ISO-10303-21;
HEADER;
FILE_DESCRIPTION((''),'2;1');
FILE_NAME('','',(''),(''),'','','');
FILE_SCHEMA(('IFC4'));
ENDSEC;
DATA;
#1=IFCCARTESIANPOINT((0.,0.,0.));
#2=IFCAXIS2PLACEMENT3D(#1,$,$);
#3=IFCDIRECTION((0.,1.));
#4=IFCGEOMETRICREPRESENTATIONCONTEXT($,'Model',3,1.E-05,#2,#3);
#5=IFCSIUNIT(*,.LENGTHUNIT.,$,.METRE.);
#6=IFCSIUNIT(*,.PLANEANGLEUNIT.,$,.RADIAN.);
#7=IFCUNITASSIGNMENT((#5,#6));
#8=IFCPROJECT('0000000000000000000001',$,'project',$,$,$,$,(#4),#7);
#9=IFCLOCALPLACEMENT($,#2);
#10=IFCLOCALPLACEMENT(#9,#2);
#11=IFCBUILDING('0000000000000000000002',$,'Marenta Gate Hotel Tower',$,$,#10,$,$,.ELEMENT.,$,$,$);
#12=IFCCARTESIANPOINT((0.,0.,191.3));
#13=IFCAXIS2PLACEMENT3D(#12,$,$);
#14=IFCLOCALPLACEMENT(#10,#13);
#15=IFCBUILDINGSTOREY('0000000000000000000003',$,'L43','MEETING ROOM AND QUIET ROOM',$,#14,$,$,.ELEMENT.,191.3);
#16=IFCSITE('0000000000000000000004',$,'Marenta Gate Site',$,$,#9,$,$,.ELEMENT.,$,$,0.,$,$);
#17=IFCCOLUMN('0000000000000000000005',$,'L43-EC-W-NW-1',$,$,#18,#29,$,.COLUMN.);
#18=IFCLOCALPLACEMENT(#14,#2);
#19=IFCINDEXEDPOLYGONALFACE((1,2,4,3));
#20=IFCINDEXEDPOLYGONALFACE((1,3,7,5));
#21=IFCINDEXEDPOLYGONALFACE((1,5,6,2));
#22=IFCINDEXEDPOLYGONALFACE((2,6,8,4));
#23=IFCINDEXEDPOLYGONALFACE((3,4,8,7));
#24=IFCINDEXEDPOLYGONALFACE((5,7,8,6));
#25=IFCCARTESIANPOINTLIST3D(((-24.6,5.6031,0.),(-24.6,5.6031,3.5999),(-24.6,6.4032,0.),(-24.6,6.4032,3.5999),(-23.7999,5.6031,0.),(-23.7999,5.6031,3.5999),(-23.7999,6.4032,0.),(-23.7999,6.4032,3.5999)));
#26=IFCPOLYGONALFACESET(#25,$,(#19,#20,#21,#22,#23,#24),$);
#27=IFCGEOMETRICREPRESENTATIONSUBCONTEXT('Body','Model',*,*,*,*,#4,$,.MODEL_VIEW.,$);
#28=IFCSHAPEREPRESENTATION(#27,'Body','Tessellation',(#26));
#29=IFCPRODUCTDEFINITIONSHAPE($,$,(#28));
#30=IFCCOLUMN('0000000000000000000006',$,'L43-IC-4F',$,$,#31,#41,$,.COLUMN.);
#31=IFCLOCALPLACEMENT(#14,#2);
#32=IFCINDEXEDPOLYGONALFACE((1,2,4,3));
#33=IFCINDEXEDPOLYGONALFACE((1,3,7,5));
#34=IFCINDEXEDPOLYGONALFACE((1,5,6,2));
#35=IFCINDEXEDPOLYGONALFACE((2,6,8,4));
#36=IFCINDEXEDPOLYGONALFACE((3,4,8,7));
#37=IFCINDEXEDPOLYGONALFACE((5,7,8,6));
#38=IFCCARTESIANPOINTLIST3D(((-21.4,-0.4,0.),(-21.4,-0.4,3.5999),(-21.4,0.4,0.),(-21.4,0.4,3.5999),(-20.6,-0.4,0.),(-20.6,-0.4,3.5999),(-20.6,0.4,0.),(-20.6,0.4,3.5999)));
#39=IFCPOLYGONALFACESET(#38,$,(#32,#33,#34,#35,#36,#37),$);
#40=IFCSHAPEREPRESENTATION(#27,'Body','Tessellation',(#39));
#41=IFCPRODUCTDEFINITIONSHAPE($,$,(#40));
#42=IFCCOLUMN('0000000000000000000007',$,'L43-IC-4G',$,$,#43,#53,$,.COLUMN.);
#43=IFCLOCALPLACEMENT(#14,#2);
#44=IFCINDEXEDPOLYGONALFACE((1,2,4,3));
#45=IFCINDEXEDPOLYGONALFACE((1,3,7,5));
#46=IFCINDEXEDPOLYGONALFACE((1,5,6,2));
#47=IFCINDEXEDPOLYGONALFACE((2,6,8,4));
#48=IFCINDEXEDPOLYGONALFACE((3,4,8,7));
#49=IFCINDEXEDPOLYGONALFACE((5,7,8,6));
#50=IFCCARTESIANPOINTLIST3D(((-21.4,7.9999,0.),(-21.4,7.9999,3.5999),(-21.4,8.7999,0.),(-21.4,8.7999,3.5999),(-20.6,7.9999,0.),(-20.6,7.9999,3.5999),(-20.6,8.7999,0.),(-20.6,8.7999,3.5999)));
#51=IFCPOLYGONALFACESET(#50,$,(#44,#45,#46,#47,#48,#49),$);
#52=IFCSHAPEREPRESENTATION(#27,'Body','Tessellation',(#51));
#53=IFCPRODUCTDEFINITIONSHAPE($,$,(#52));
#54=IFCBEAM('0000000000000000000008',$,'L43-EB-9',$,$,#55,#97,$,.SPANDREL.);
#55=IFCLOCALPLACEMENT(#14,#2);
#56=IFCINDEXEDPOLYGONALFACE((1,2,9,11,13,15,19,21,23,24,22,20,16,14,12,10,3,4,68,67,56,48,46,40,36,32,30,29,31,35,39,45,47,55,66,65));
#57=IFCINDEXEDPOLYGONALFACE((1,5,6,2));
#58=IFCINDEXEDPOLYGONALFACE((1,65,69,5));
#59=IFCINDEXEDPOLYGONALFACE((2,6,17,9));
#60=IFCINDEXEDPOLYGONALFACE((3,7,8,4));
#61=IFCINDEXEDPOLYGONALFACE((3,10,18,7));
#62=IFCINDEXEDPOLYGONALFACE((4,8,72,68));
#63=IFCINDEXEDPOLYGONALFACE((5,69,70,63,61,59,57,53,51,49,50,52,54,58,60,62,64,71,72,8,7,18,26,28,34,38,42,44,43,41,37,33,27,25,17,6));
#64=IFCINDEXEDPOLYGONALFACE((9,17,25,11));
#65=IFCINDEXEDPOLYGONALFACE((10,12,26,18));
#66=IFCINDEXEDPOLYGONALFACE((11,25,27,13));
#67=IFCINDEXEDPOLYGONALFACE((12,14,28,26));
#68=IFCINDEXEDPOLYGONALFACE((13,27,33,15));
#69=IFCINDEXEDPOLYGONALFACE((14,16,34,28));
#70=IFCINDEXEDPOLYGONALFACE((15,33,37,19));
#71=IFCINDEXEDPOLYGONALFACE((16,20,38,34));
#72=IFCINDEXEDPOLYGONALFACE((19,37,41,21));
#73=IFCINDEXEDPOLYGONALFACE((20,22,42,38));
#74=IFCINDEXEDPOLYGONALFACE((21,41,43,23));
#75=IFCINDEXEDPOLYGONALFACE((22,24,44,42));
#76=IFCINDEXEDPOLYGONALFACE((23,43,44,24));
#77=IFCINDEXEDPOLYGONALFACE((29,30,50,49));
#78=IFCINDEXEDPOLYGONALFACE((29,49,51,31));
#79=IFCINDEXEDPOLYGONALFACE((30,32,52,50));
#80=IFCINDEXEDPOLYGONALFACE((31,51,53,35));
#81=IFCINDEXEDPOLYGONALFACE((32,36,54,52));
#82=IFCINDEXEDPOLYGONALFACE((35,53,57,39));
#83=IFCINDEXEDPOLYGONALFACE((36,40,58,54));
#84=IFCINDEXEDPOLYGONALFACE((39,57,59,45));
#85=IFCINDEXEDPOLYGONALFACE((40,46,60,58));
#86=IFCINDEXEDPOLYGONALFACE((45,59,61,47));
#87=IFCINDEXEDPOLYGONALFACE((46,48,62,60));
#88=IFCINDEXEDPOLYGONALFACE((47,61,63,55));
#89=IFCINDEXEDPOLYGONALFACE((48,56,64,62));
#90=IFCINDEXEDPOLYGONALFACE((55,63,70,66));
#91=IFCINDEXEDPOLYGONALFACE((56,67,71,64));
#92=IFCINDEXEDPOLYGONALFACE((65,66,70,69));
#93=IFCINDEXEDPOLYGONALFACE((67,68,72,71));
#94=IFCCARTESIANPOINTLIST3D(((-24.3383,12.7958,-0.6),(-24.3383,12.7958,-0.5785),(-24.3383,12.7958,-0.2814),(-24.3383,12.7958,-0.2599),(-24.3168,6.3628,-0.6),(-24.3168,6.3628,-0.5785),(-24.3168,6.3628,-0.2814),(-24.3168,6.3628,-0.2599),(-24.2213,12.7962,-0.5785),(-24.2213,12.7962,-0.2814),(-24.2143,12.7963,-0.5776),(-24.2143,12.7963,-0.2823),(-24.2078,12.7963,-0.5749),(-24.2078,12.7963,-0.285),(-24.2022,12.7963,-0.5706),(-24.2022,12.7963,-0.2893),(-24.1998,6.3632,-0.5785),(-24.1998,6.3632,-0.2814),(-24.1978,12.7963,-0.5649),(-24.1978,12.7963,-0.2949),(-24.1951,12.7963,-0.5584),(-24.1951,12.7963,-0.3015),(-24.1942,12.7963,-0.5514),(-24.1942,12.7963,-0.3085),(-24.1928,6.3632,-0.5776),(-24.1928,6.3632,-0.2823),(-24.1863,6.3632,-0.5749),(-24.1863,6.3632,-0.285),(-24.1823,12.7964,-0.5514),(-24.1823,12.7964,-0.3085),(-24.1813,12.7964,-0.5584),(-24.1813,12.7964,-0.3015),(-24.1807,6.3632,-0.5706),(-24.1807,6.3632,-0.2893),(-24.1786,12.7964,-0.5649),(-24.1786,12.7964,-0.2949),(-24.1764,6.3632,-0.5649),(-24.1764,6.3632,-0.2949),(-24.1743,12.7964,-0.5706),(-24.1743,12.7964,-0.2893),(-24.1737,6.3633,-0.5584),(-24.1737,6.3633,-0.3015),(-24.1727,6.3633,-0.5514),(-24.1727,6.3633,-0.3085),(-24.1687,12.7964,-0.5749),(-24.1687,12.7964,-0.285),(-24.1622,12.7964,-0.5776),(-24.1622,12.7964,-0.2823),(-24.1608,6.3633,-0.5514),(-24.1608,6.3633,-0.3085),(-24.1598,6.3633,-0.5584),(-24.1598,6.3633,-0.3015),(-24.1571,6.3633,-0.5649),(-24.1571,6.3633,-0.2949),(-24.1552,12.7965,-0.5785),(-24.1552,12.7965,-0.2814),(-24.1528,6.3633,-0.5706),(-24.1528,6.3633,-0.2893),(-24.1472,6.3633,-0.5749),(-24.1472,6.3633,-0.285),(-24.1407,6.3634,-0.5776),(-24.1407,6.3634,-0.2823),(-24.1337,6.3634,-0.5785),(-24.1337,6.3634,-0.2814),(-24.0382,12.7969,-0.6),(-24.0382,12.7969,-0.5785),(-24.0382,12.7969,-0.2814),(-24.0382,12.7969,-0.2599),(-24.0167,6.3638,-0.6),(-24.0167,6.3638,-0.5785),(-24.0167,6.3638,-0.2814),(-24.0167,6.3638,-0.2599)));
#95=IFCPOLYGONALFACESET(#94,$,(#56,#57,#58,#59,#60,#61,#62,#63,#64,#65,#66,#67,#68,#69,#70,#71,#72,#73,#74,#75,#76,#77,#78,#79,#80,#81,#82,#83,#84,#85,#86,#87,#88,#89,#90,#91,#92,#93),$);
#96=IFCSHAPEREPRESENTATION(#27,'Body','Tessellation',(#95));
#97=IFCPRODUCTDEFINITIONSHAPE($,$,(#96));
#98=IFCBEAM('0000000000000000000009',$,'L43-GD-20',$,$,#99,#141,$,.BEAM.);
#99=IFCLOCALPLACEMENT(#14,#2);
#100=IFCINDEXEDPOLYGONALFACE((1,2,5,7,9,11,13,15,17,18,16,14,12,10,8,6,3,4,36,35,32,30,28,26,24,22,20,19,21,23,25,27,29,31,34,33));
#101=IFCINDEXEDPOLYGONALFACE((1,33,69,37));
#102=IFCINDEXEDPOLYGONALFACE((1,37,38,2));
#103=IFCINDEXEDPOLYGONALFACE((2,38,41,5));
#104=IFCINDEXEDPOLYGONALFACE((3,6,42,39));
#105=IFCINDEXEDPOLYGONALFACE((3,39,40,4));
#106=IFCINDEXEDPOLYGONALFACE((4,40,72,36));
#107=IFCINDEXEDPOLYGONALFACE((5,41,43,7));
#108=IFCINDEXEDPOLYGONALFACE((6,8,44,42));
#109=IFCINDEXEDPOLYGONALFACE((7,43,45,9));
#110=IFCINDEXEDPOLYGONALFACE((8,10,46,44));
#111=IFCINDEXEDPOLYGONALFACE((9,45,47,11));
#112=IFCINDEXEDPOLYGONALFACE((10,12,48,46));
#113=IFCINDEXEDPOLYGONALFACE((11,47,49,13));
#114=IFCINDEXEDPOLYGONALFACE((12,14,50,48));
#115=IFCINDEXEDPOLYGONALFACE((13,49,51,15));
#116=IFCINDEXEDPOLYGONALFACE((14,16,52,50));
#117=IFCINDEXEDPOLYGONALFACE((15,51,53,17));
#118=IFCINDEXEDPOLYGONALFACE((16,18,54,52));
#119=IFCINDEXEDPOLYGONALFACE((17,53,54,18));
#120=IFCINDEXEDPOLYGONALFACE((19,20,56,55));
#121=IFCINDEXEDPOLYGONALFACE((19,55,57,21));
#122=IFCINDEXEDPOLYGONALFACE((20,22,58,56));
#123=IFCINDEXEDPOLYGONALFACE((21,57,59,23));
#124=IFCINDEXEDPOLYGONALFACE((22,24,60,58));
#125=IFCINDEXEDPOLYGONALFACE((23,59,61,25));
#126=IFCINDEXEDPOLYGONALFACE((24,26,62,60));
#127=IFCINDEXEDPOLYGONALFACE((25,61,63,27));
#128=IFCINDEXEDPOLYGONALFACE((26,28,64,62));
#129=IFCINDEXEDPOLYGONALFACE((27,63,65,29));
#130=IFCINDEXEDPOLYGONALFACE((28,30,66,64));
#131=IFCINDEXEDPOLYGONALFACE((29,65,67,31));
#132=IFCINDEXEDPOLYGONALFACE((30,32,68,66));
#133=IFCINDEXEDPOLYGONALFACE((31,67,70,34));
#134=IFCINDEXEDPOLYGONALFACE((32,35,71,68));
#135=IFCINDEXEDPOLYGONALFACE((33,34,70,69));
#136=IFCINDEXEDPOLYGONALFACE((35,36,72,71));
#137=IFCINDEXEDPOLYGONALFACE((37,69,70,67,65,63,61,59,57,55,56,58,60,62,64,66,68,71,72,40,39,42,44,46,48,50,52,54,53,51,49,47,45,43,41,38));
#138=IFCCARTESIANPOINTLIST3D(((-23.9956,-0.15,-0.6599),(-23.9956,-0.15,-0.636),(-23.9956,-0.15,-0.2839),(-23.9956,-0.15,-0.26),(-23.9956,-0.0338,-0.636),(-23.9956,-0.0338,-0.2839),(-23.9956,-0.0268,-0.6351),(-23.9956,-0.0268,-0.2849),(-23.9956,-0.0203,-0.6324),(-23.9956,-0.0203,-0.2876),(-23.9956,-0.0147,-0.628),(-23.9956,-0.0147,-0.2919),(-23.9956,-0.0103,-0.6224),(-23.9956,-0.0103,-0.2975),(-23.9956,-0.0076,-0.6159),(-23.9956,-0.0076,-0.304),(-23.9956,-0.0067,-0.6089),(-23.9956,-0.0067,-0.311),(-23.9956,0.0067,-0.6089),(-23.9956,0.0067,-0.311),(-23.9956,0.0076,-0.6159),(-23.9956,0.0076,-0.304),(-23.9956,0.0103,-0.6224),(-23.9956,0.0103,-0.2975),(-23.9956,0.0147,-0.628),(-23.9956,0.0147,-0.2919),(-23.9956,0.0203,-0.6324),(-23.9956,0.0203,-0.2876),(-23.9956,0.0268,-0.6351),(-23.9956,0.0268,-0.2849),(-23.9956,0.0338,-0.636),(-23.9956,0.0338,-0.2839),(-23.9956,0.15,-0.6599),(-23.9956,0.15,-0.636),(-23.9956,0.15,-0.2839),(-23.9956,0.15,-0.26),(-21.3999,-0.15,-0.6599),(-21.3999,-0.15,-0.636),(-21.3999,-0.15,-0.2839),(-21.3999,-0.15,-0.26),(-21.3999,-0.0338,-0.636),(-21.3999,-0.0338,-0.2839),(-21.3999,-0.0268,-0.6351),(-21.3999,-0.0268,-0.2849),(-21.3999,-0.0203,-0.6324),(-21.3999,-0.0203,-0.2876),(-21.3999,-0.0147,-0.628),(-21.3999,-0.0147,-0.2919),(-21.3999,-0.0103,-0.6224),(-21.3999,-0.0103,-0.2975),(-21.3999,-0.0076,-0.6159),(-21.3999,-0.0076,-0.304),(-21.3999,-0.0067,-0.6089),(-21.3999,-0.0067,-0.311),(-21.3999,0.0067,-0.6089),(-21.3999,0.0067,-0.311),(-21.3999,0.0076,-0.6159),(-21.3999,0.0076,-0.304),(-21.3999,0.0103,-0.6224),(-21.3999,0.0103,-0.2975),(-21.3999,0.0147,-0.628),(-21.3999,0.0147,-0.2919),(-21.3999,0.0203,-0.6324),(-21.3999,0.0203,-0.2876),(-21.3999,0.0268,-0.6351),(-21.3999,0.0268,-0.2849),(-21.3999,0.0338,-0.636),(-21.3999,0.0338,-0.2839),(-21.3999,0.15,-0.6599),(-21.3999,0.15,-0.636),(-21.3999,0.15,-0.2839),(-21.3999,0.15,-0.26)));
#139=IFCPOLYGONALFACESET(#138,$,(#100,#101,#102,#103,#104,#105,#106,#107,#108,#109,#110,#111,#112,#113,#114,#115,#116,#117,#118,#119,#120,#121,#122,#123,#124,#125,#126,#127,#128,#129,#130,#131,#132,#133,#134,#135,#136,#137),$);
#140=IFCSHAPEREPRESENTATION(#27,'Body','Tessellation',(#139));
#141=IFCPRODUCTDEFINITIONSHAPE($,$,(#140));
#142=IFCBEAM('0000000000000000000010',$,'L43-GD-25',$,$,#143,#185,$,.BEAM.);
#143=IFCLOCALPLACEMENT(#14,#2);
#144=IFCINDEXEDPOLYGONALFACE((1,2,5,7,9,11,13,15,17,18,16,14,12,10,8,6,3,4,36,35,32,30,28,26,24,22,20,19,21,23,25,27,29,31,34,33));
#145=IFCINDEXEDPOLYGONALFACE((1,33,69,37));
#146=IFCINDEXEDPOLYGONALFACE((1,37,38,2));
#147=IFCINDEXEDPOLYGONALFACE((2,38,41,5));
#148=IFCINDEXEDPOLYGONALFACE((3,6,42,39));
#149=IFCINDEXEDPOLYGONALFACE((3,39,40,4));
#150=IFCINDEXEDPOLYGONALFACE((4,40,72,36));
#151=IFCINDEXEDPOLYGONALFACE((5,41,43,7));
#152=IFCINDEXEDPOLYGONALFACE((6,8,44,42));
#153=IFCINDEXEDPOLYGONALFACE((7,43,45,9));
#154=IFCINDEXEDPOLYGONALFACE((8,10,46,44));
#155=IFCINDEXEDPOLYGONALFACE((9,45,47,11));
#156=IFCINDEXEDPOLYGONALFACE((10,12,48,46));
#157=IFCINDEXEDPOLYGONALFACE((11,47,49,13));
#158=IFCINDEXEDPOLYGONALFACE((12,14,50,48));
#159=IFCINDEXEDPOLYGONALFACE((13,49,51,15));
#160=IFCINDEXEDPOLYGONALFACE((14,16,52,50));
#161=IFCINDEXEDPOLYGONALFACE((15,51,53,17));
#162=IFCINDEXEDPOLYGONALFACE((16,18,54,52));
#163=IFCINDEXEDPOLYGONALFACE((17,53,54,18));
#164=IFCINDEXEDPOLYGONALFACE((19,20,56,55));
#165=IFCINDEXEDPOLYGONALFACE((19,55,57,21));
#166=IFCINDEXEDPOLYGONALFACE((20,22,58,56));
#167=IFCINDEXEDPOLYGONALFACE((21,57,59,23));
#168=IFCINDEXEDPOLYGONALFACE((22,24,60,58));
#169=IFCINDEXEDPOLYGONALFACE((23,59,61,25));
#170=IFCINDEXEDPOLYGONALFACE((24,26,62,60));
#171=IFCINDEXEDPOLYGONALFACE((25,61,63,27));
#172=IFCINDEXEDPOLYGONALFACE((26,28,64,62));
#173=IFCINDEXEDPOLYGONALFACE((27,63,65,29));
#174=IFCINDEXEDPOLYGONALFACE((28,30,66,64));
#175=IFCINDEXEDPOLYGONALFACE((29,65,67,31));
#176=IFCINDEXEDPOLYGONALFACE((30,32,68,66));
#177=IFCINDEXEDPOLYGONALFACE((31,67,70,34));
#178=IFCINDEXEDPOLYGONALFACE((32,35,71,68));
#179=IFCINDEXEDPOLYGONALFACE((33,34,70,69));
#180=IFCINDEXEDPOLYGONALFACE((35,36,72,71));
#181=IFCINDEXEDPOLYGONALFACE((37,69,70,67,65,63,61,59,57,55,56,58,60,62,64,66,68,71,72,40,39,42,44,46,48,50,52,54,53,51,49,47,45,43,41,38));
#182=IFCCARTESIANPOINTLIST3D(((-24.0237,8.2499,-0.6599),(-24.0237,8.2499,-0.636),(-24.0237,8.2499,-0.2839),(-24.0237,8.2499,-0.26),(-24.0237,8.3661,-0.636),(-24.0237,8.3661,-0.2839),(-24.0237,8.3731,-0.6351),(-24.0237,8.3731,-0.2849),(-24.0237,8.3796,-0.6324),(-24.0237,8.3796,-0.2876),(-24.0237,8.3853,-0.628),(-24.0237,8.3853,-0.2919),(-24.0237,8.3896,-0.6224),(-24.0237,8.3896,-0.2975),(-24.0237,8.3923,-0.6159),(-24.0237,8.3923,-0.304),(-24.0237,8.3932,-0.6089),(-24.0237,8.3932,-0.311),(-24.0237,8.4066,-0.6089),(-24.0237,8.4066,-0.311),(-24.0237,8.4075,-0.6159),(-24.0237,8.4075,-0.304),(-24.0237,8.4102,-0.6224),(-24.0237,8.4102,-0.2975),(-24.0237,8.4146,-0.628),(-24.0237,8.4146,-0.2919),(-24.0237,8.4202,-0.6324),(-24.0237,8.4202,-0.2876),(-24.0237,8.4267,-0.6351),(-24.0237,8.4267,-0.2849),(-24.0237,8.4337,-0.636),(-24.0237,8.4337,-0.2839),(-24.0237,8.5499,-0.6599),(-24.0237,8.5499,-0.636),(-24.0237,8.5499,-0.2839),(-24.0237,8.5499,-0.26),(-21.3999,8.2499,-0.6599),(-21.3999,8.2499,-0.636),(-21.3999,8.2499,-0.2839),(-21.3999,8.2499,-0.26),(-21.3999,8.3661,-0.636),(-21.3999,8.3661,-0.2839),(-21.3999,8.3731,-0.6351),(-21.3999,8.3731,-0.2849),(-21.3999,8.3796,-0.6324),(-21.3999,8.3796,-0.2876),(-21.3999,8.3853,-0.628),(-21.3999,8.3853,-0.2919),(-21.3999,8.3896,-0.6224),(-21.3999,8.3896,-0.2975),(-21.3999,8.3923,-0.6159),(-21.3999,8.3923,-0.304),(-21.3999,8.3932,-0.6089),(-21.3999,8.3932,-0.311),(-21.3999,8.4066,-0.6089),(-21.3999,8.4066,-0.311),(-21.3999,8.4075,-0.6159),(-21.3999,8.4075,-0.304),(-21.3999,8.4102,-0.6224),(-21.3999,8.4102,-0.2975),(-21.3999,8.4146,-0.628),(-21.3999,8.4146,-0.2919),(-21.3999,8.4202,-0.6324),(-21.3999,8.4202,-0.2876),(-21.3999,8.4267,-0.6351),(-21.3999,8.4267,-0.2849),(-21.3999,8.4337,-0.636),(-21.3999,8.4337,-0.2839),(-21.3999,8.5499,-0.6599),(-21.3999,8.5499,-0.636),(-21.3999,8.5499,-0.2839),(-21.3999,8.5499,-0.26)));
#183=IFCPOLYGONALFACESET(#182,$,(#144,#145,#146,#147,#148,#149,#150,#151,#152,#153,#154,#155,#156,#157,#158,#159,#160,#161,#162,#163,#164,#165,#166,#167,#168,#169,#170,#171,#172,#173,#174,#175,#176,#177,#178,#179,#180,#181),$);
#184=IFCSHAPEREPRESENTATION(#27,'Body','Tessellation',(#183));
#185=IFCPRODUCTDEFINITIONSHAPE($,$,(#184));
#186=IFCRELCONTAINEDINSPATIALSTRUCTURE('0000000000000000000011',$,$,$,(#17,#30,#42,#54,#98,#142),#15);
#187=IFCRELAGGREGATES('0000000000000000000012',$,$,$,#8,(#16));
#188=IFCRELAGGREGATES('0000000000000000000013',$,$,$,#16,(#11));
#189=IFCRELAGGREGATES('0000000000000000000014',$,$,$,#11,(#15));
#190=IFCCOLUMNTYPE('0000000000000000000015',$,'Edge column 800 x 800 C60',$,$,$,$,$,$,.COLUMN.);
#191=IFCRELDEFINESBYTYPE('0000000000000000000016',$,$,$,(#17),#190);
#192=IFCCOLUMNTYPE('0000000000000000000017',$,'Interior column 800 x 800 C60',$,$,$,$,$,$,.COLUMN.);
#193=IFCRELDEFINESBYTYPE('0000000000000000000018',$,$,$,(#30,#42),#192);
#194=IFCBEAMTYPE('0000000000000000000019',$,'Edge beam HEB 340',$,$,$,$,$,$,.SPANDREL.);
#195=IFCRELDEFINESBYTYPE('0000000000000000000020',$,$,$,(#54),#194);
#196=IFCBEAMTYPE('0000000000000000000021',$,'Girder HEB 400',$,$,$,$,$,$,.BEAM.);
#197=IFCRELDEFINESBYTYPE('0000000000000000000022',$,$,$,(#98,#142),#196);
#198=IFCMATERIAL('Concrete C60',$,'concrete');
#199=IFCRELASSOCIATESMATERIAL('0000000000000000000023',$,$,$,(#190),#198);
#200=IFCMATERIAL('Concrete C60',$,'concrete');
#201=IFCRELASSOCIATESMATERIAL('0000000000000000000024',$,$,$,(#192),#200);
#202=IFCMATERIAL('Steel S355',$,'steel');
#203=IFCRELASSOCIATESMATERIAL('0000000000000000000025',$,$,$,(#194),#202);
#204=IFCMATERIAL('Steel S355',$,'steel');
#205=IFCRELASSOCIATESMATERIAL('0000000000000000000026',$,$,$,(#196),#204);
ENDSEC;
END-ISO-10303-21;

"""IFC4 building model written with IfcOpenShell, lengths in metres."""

from ifc_helpers import new_model, si_unit, direction, frame, origin, origin_2d, place, context, subcontext, project, spatial, rectangle, i_section, extrude, material, material_profile, profile_set, type_object, element, save


model = new_model("IFC4")

# Units and contexts
model_context = context("Model", 3, precision=1e-05, world=origin(), true_north=direction((0.0, 1.0)))
body_context = subcontext(model_context, "Body", "Model", "MODEL_VIEW")
ifc_project = project(units=[si_unit("LENGTHUNIT", "METRE"), si_unit("PLANEANGLEUNIT", "RADIAN")], contexts=[model_context])

# Site, building, storey
site_placement = place(None, origin())
site = spatial("IfcSite", under=ifc_project, at=site_placement, Name="Marenta Gate Site", CompositionType="ELEMENT", RefElevation=0.0)
building_placement = place(site_placement, origin())
building = spatial("IfcBuilding", under=site, at=building_placement, Name="Marenta Gate Hotel Tower", CompositionType="ELEMENT")
storey_placement = place(building_placement, frame((0.0, 0.0, 191.3)))
storey = spatial("IfcBuildingStorey", under=building, at=storey_placement, Name="L43", Description="MEETING ROOM AND QUIET ROOM", CompositionType="ELEMENT", Elevation=191.3)

# Columns
ifc_material_1 = material(Name="Concrete C60", Category="concrete")
ifc_material_profile_1 = material_profile(ifc_material_1, rectangle(XDim=0.8, YDim=0.8, at=origin_2d()), Name="800 x 800")
ifc_profile_set_1 = profile_set([ifc_material_profile_1], Name="Concrete C60")
column_type_1 = type_object("IfcColumnType", Name="Edge column 800 x 800 C60", PredefinedType="COLUMN", material=ifc_profile_set_1)
column_placement = place(storey_placement, frame((-24.2, 6.0032, 0.0), z_axis=(0.0, 0.0, 1.0), x_axis=(1.0, 0.0, 0.0)))
element("IfcColumn", 1, at=column_placement, inside=storey, type_object=column_type_1, Name="L43-EC-W-NW-1", PredefinedType="COLUMN", context=body_context, shape_type="SweptSolid", body=[
    extrude(rectangle(XDim=0.8, YDim=0.8, at=origin_2d()), origin(), (0.0, 0.0, 1.0), 3.5999),
])
ifc_material_2 = material(Name="Concrete C60", Category="concrete")
ifc_material_profile_2 = material_profile(ifc_material_2, rectangle(XDim=0.8, YDim=0.8, at=origin_2d()), Name="800 x 800")
ifc_profile_set_2 = profile_set([ifc_material_profile_2], Name="Concrete C60")
column_type_2 = type_object("IfcColumnType", Name="Interior column 800 x 800 C60", PredefinedType="COLUMN", material=ifc_profile_set_2)
for number, where, z_axis, x_axis, name in (
    (2, (-21.0, 0.0, 0.0), (0.0, 0.0, 1.0), (1.0, 0.0, 0.0), "L43-IC-4F"),
    (3, (-21.0, 8.3999, 0.0), (0.0, 0.0, 1.0), (1.0, 0.0, 0.0), "L43-IC-4G"),
):
    element("IfcColumn", number, at=place(storey_placement, frame(where, z_axis=z_axis, x_axis=x_axis)), inside=storey, type_object=column_type_2, Name=name, PredefinedType="COLUMN", context=body_context, shape_type="SweptSolid", body=[
        extrude(rectangle(XDim=0.8, YDim=0.8, at=origin_2d()), origin(), (0.0, 0.0, 1.0), 3.5999),
    ])

# Beams
ifc_material_3 = material(Name="Steel S355", Category="steel")
ifc_material_profile_3 = material_profile(ifc_material_3, i_section(OverallWidth=0.3, OverallDepth=0.3401, WebThickness=0.012, FlangeThickness=0.0215, FilletRadius=0.0271, at=origin_2d()), Name="HEB 340")
ifc_profile_set_3 = profile_set([ifc_material_profile_3], Name="Steel S355")
beam_type_1 = type_object("IfcBeamType", Name="Edge beam HEB 340", PredefinedType="SPANDREL", material=ifc_profile_set_3)
beam_1_placement = place(storey_placement, frame((-24.1667, 6.3633, -0.4299), z_axis=(-0.00334, 0.999994, 0.0), x_axis=(-0.999994, -0.00334, 0.0)))
element("IfcBeam", 4, at=beam_1_placement, inside=storey, type_object=beam_type_1, Name="L43-EB-9", PredefinedType="SPANDREL", context=body_context, shape_type="SweptSolid", body=[
    extrude(i_section(OverallWidth=0.3, OverallDepth=0.3401, WebThickness=0.012, FlangeThickness=0.0215, FilletRadius=0.0271, at=origin_2d()), origin(), (0.0, 0.0, 1.0), 6.4331),
])
ifc_material_4 = material(Name="Steel S355", Category="steel")
ifc_material_profile_4 = material_profile(ifc_material_4, i_section(OverallWidth=0.3, OverallDepth=0.3999, WebThickness=0.0134, FlangeThickness=0.0239, FilletRadius=0.0271, at=origin_2d()), Name="HEB 400")
ifc_profile_set_4 = profile_set([ifc_material_profile_4], Name="Steel S355")
beam_type_2 = type_object("IfcBeamType", Name="Girder HEB 400", PredefinedType="BEAM", material=ifc_profile_set_4)
beam_2_placement = place(storey_placement, frame((-23.9956, 0.0, -0.46), z_axis=(1.0, 0.0, 0.0), x_axis=(0.0, 1.0, 0.0)))
element("IfcBeam", 5, at=beam_2_placement, inside=storey, type_object=beam_type_2, Name="L43-GD-20", PredefinedType="BEAM", context=body_context, shape_type="SweptSolid", body=[
    extrude(i_section(OverallWidth=0.3, OverallDepth=0.3999, WebThickness=0.0134, FlangeThickness=0.0239, FilletRadius=0.0271, at=origin_2d()), origin(), (0.0, 0.0, 1.0), 2.5957),
])
beam_3_placement = place(storey_placement, frame((-24.0237, 8.3999, -0.46), z_axis=(1.0, 0.0, 0.0), x_axis=(0.0, 1.0, 0.0)))
element("IfcBeam", 6, at=beam_3_placement, inside=storey, type_object=beam_type_2, Name="L43-GD-25", PredefinedType="BEAM", context=body_context, shape_type="SweptSolid", body=[
    extrude(i_section(OverallWidth=0.3, OverallDepth=0.3999, WebThickness=0.0134, FlangeThickness=0.0239, FilletRadius=0.0271, at=origin_2d()), origin(), (0.0, 0.0, 1.0), 2.6238),
])

save(model, "model.ifc")
